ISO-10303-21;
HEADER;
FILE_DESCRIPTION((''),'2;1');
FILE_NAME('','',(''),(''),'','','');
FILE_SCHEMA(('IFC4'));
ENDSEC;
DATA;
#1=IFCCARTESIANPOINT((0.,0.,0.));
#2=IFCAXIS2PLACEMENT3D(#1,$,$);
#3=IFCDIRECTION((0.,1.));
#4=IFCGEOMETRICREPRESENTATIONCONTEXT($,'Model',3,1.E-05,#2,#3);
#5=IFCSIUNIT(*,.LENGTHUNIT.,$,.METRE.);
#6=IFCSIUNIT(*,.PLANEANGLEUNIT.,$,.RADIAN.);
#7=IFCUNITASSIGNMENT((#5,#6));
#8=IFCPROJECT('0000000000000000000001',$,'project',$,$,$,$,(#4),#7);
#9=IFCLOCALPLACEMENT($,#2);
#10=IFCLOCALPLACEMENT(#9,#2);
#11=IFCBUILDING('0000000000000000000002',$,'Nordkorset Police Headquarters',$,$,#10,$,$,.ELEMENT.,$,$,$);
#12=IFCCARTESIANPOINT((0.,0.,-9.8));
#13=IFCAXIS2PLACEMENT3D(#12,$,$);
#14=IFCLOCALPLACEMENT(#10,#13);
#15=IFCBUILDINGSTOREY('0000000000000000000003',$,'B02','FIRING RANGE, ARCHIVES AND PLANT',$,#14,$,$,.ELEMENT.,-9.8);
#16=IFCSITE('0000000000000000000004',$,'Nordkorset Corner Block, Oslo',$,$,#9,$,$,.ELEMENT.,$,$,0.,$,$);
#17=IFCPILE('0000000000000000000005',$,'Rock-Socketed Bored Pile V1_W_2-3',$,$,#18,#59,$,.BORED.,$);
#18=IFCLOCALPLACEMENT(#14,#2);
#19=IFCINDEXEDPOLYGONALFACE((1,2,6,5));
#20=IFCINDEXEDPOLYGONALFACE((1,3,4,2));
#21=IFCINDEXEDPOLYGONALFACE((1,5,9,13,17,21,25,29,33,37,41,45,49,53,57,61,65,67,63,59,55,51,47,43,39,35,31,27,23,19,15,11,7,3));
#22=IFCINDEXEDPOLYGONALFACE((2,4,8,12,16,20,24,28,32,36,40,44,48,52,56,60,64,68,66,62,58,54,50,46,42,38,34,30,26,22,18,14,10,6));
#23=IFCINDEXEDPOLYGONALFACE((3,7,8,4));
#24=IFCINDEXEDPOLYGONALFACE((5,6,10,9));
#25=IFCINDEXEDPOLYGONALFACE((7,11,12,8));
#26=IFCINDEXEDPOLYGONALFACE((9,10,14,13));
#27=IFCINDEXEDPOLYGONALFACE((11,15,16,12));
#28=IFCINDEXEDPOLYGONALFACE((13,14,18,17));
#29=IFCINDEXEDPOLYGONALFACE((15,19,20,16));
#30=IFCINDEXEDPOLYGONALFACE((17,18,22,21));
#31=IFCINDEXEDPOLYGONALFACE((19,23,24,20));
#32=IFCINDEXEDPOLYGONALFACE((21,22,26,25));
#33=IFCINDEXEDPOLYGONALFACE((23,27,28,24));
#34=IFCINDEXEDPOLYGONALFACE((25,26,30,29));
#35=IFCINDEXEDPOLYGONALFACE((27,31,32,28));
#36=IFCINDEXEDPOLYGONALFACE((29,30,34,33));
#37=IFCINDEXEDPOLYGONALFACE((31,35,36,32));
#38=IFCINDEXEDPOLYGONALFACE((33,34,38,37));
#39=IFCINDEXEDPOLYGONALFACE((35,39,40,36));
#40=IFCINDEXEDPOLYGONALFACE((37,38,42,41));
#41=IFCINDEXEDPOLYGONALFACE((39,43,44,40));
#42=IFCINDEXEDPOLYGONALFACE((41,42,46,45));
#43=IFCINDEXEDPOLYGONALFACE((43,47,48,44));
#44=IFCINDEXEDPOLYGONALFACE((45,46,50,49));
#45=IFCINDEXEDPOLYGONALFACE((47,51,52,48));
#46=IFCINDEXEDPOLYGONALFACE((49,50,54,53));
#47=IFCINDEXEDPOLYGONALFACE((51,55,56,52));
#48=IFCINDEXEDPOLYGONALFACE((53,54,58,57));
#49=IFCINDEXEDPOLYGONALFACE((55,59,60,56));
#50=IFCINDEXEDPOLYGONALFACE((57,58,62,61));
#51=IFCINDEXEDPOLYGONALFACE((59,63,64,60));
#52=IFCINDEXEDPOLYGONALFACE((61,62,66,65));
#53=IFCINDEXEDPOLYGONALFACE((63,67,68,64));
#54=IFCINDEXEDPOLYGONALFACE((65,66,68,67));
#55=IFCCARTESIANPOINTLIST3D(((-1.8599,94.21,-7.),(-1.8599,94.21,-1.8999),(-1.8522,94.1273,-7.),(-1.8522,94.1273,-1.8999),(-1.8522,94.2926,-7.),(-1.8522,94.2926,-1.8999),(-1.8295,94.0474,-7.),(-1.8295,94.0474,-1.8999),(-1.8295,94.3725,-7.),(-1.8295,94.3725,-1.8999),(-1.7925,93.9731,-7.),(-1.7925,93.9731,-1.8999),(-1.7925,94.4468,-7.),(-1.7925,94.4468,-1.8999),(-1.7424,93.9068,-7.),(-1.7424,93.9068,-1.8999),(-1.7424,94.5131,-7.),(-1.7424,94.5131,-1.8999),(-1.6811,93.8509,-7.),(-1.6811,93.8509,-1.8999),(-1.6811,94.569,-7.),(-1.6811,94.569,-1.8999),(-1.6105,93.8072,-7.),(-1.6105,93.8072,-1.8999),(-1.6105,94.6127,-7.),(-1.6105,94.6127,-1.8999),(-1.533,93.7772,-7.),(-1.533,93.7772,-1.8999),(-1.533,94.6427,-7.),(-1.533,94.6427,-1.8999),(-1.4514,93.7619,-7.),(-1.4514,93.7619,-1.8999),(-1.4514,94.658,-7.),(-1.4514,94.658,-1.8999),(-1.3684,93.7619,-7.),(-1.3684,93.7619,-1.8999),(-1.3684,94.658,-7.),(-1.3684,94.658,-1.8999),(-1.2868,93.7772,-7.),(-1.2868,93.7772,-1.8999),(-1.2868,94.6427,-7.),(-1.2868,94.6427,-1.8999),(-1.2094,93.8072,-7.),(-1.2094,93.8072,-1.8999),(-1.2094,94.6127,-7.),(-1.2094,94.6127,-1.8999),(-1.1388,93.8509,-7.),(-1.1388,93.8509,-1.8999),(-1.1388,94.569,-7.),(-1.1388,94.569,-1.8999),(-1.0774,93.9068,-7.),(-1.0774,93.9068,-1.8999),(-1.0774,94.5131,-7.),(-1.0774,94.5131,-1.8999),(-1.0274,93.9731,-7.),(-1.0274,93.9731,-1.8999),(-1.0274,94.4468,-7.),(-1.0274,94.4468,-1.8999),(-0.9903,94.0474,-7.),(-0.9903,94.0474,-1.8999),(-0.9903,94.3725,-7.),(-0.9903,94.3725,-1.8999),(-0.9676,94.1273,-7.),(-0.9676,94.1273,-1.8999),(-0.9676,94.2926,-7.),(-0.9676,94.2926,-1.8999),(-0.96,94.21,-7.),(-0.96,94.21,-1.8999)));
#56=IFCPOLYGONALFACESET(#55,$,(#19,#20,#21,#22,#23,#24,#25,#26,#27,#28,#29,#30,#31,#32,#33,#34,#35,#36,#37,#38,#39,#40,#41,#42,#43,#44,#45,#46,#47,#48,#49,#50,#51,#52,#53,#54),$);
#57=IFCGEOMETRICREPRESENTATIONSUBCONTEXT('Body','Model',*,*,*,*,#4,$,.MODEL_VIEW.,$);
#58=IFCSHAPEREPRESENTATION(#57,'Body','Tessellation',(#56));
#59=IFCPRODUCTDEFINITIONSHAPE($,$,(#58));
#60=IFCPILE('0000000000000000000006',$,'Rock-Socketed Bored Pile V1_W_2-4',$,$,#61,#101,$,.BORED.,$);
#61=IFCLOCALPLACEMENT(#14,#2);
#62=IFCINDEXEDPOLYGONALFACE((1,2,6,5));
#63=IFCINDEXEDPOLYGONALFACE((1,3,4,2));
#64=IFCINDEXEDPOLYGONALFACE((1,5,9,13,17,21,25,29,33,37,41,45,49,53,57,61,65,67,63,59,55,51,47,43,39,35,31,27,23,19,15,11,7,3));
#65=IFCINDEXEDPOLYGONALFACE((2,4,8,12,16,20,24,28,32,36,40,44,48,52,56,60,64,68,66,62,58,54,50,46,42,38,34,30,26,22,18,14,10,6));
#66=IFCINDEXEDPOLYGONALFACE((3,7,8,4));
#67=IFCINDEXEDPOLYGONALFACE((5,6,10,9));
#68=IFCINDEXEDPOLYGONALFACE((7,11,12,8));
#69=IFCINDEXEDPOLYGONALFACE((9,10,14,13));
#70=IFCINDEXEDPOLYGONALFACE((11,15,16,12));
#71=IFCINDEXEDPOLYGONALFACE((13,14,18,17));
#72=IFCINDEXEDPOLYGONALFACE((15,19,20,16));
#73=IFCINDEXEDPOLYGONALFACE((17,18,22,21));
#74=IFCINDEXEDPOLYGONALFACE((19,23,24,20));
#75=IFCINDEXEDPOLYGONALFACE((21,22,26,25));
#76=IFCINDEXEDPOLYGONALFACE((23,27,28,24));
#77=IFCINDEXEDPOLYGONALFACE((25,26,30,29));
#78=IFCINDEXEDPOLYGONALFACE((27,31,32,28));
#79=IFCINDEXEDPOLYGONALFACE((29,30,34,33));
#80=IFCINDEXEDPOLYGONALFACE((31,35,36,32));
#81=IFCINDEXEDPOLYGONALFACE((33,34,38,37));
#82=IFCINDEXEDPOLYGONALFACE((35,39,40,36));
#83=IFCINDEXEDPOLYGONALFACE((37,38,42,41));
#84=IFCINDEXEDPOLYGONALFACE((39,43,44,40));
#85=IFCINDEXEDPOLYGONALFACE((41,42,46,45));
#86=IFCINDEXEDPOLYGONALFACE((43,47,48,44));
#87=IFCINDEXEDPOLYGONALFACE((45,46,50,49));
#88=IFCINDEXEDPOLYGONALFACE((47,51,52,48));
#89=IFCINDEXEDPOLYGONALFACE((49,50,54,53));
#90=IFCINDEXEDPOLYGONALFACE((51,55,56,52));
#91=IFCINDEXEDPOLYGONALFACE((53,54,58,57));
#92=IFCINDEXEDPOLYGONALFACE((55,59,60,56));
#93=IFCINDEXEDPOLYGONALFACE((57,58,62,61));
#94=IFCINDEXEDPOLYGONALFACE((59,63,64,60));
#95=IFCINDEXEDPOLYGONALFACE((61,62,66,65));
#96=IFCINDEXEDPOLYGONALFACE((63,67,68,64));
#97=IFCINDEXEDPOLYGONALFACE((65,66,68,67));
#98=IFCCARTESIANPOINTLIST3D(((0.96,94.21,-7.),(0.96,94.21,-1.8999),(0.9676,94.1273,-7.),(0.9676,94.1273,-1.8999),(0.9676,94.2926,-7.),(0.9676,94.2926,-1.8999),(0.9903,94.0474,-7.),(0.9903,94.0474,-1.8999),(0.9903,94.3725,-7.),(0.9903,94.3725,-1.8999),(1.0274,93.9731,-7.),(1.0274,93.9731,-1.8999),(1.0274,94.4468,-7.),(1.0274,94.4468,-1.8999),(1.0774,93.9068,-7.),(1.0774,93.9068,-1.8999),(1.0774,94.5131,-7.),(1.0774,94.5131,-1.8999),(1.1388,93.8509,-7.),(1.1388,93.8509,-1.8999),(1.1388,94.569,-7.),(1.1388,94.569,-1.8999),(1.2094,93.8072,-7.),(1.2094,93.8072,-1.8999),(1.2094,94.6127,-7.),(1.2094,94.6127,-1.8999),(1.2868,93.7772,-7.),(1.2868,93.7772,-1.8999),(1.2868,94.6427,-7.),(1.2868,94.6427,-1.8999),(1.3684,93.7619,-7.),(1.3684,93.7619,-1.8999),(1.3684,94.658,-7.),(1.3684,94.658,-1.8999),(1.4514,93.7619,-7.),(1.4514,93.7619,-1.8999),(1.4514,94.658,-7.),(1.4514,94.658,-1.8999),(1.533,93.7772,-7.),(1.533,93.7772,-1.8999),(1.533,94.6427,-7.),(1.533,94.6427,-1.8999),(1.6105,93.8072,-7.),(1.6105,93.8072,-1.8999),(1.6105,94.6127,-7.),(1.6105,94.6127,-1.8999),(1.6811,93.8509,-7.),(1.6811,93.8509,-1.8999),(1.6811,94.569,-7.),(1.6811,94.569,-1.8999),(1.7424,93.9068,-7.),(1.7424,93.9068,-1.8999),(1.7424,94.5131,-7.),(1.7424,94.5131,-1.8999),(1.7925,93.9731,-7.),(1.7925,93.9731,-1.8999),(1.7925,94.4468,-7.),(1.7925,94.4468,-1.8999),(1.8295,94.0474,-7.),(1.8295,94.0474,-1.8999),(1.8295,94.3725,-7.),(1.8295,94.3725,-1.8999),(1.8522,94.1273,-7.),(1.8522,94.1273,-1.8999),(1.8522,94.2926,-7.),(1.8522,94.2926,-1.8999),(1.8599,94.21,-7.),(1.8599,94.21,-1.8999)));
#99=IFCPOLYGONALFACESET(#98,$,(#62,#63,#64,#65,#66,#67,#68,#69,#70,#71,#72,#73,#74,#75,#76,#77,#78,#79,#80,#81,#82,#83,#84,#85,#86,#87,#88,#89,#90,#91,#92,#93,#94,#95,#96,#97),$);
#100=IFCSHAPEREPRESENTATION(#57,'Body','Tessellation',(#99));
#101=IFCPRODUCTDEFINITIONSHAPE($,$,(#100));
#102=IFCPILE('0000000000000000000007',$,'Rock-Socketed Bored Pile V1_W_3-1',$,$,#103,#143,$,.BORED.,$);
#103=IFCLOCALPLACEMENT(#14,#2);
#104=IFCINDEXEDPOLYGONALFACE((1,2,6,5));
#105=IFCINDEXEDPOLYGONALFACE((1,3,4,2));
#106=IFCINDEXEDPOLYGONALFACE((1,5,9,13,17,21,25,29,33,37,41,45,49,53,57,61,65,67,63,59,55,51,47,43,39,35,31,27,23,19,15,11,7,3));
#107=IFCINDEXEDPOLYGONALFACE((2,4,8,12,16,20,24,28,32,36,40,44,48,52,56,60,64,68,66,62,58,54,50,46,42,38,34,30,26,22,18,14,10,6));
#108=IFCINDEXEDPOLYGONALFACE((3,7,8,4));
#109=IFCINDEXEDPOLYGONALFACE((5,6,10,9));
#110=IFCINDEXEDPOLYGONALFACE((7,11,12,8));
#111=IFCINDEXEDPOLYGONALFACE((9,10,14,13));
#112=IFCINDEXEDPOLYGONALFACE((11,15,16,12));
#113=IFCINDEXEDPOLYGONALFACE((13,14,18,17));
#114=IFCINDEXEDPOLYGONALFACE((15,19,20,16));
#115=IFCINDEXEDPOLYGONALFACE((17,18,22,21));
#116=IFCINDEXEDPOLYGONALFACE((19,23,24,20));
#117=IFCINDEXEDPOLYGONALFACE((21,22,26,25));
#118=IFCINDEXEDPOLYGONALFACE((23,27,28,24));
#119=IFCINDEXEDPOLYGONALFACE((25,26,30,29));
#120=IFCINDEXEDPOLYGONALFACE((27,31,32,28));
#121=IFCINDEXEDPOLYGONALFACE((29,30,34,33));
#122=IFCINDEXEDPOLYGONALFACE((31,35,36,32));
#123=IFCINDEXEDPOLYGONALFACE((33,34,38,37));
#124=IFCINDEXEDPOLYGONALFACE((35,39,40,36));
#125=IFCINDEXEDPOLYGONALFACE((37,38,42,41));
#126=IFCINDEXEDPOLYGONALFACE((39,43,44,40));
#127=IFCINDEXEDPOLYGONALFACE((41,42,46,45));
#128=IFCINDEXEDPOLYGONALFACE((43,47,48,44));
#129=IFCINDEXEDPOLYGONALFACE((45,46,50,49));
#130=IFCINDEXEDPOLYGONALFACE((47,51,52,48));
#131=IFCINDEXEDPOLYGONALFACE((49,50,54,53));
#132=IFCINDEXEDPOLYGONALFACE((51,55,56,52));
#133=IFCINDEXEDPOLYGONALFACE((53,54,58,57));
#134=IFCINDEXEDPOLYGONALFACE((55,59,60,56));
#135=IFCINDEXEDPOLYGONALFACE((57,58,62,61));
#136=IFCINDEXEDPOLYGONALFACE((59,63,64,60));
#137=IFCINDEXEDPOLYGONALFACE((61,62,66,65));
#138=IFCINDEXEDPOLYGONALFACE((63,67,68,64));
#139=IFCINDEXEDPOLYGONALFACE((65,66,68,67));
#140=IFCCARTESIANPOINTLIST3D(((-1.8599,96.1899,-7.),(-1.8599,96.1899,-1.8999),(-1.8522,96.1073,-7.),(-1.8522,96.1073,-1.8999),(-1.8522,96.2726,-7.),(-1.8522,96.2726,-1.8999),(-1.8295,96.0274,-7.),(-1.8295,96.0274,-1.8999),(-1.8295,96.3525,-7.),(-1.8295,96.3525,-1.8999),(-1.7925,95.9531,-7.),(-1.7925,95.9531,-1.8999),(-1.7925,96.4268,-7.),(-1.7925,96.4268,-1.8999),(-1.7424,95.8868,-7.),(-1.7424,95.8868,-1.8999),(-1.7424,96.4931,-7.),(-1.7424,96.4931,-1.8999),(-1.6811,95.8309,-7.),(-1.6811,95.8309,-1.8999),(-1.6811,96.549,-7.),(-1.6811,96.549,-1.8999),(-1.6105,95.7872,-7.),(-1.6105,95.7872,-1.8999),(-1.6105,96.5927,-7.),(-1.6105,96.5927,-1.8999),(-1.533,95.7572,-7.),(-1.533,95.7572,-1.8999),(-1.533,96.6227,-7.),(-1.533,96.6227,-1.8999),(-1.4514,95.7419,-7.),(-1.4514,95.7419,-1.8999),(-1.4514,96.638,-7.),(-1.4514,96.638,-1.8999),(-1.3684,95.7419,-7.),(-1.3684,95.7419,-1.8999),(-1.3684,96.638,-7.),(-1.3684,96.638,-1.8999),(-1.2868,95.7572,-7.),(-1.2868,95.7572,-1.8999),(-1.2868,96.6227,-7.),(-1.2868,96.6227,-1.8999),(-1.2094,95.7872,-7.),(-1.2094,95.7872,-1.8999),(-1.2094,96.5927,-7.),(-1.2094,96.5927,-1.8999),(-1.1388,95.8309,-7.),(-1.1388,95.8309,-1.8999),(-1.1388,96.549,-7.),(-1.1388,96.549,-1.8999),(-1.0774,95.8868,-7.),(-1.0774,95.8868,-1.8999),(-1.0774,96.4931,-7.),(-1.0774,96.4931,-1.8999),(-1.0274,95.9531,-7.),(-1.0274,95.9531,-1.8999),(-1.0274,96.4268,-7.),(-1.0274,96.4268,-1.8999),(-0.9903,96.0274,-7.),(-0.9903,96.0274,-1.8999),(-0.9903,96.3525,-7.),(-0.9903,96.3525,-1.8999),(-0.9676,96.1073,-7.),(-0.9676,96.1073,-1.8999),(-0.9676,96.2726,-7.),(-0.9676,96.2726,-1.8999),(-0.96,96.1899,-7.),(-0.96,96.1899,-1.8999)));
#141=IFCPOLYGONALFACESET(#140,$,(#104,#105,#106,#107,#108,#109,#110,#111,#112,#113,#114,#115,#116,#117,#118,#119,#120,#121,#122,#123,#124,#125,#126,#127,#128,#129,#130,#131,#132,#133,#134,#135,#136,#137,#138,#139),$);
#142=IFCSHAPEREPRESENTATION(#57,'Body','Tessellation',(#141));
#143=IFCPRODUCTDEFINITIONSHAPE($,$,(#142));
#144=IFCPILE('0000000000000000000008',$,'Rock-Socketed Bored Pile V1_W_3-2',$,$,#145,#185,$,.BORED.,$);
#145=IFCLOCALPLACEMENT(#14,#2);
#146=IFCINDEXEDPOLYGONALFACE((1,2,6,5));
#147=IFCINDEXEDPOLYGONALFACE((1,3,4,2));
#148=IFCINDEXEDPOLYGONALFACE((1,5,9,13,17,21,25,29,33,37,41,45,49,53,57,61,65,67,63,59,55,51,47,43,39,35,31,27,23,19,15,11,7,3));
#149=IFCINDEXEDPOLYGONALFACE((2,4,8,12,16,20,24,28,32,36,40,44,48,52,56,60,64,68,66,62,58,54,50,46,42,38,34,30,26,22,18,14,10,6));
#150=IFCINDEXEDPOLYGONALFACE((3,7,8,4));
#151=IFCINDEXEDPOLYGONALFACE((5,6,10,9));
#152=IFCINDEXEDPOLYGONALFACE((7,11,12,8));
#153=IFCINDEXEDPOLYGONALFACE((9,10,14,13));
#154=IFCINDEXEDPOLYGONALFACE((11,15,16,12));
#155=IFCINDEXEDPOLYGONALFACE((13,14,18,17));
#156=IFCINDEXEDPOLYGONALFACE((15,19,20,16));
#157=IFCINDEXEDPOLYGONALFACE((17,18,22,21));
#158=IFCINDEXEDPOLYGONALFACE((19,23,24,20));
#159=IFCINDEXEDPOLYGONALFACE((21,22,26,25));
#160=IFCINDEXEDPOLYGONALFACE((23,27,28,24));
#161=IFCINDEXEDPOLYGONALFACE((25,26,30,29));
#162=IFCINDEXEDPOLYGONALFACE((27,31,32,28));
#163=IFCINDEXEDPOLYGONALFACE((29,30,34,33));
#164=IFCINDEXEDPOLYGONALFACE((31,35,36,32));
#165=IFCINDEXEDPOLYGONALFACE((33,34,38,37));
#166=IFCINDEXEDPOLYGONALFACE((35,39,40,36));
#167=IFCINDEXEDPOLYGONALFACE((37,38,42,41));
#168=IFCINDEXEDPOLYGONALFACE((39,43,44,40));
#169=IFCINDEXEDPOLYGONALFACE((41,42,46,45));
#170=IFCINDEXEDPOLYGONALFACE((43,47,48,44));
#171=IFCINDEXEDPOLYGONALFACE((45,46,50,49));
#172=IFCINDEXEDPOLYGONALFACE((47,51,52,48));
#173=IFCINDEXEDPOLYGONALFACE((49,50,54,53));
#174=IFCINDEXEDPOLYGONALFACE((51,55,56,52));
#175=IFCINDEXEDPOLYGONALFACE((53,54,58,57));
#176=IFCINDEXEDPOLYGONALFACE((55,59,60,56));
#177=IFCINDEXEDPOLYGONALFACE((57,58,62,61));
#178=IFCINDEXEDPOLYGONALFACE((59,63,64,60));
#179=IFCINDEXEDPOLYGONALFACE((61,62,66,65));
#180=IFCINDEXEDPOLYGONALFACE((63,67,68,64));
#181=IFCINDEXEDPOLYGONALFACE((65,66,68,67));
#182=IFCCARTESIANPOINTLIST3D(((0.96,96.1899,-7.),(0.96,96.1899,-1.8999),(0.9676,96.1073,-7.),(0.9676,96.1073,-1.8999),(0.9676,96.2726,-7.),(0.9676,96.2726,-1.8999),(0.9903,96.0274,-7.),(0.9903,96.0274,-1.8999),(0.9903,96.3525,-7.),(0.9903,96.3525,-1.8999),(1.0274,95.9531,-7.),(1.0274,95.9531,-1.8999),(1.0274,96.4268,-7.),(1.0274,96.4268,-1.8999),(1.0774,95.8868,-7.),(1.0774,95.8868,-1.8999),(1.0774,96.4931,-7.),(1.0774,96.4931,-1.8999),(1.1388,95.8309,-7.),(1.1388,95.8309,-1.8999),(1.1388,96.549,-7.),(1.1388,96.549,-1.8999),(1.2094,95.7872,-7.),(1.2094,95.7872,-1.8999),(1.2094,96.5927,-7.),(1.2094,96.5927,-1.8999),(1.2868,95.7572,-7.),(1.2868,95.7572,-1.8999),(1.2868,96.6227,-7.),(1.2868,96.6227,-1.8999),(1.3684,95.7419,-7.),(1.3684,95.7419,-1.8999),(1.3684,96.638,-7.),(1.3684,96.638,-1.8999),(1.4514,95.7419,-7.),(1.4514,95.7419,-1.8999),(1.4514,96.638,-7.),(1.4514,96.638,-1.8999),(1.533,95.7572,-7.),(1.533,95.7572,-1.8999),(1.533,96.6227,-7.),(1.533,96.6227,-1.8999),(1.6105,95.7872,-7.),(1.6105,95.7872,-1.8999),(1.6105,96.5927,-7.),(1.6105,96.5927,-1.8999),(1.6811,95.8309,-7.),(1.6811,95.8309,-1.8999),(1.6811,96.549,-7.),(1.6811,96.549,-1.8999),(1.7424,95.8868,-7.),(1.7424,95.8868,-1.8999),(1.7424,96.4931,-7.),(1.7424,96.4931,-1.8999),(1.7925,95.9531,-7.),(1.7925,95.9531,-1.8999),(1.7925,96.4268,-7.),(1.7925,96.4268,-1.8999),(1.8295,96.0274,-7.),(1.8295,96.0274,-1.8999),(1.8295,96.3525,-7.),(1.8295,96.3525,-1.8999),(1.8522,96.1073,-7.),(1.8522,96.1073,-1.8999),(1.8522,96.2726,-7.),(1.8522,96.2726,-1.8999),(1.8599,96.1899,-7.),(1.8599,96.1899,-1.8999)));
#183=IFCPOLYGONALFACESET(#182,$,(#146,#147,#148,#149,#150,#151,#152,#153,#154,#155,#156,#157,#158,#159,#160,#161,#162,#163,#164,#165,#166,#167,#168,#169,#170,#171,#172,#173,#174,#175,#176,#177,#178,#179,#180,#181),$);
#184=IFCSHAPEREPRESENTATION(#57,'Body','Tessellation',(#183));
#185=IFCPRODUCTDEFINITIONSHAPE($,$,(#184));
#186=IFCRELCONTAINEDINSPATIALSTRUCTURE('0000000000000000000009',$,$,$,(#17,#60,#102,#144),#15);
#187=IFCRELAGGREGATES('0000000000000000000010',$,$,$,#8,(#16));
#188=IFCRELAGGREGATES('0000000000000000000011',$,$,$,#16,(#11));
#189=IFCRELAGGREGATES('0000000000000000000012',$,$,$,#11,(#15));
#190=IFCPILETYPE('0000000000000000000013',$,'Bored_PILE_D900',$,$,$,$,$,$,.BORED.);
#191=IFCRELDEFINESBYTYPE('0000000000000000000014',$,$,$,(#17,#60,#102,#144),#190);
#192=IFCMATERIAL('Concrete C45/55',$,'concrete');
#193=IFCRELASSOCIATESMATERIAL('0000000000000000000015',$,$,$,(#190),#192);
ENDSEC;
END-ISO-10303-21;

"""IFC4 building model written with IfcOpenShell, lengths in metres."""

from ifc_helpers import new_model, si_unit, direction, frame, origin, origin_2d, place, context, subcontext, project, spatial, circle, extrude, material, material_profile, profile_set, type_object, element, save


model = new_model("IFC4")

# Units and contexts
model_context = context("Model", 3, precision=1e-05, world=origin(), true_north=direction((0.0, 1.0)))
body_context = subcontext(model_context, "Body", "Model", "MODEL_VIEW")
ifc_project = project(units=[si_unit("LENGTHUNIT", "METRE"), si_unit("PLANEANGLEUNIT", "RADIAN")], contexts=[model_context])

# Site, building, storey
site_placement = place(None, origin())
site = spatial("IfcSite", under=ifc_project, at=site_placement, Name="Nordkorset Corner Block, Oslo", CompositionType="ELEMENT", RefElevation=0.0)
building_placement = place(site_placement, origin())
building = spatial("IfcBuilding", under=site, at=building_placement, Name="Nordkorset Police Headquarters", CompositionType="ELEMENT")
storey_placement = place(building_placement, frame((0.0, 0.0, -9.8)))
storey = spatial("IfcBuildingStorey", under=building, at=storey_placement, Name="B02", Description="FIRING RANGE, ARCHIVES AND PLANT", CompositionType="ELEMENT", Elevation=-9.8)

# Piles
ifc_material_1 = material(Name="Concrete C45/55", Category="concrete")
ifc_material_profile_1 = material_profile(ifc_material_1, circle(Radius=0.45, at=origin_2d()), Name="PILE D900")
ifc_profile_set_1 = profile_set([ifc_material_profile_1], Name="Concrete C45/55")
pile_type = type_object("IfcPileType", Name="Bored_PILE_D900", PredefinedType="BORED", material=ifc_profile_set_1)
for number, where, z_axis, x_axis, name in (
    (1, (-1.4099, 94.21, -1.8999), (0.0, 0.0, -1.0), (1.0, 0.0, 0.0), "Rock-Socketed Bored Pile V1_W_2-3"),
    (2, (1.4099, 94.21, -1.8999), (0.0, 0.0, -1.0), (1.0, 0.0, 0.0), "Rock-Socketed Bored Pile V1_W_2-4"),
    (3, (-1.4099, 96.1899, -1.8999), (0.0, 0.0, -1.0), (1.0, 0.0, 0.0), "Rock-Socketed Bored Pile V1_W_3-1"),
    (4, (1.4099, 96.1899, -1.8999), (0.0, 0.0, -1.0), (1.0, 0.0, 0.0), "Rock-Socketed Bored Pile V1_W_3-2"),
):
    element("IfcPile", number, at=place(storey_placement, frame(where, z_axis=z_axis, x_axis=x_axis)), inside=storey, type_object=pile_type, Name=name, PredefinedType="BORED", context=body_context, shape_type="SweptSolid", body=[
        extrude(circle(Radius=0.45, at=origin_2d()), origin(), (0.0, 0.0, 1.0), 5.1001),
    ])

save(model, "model.ifc")
